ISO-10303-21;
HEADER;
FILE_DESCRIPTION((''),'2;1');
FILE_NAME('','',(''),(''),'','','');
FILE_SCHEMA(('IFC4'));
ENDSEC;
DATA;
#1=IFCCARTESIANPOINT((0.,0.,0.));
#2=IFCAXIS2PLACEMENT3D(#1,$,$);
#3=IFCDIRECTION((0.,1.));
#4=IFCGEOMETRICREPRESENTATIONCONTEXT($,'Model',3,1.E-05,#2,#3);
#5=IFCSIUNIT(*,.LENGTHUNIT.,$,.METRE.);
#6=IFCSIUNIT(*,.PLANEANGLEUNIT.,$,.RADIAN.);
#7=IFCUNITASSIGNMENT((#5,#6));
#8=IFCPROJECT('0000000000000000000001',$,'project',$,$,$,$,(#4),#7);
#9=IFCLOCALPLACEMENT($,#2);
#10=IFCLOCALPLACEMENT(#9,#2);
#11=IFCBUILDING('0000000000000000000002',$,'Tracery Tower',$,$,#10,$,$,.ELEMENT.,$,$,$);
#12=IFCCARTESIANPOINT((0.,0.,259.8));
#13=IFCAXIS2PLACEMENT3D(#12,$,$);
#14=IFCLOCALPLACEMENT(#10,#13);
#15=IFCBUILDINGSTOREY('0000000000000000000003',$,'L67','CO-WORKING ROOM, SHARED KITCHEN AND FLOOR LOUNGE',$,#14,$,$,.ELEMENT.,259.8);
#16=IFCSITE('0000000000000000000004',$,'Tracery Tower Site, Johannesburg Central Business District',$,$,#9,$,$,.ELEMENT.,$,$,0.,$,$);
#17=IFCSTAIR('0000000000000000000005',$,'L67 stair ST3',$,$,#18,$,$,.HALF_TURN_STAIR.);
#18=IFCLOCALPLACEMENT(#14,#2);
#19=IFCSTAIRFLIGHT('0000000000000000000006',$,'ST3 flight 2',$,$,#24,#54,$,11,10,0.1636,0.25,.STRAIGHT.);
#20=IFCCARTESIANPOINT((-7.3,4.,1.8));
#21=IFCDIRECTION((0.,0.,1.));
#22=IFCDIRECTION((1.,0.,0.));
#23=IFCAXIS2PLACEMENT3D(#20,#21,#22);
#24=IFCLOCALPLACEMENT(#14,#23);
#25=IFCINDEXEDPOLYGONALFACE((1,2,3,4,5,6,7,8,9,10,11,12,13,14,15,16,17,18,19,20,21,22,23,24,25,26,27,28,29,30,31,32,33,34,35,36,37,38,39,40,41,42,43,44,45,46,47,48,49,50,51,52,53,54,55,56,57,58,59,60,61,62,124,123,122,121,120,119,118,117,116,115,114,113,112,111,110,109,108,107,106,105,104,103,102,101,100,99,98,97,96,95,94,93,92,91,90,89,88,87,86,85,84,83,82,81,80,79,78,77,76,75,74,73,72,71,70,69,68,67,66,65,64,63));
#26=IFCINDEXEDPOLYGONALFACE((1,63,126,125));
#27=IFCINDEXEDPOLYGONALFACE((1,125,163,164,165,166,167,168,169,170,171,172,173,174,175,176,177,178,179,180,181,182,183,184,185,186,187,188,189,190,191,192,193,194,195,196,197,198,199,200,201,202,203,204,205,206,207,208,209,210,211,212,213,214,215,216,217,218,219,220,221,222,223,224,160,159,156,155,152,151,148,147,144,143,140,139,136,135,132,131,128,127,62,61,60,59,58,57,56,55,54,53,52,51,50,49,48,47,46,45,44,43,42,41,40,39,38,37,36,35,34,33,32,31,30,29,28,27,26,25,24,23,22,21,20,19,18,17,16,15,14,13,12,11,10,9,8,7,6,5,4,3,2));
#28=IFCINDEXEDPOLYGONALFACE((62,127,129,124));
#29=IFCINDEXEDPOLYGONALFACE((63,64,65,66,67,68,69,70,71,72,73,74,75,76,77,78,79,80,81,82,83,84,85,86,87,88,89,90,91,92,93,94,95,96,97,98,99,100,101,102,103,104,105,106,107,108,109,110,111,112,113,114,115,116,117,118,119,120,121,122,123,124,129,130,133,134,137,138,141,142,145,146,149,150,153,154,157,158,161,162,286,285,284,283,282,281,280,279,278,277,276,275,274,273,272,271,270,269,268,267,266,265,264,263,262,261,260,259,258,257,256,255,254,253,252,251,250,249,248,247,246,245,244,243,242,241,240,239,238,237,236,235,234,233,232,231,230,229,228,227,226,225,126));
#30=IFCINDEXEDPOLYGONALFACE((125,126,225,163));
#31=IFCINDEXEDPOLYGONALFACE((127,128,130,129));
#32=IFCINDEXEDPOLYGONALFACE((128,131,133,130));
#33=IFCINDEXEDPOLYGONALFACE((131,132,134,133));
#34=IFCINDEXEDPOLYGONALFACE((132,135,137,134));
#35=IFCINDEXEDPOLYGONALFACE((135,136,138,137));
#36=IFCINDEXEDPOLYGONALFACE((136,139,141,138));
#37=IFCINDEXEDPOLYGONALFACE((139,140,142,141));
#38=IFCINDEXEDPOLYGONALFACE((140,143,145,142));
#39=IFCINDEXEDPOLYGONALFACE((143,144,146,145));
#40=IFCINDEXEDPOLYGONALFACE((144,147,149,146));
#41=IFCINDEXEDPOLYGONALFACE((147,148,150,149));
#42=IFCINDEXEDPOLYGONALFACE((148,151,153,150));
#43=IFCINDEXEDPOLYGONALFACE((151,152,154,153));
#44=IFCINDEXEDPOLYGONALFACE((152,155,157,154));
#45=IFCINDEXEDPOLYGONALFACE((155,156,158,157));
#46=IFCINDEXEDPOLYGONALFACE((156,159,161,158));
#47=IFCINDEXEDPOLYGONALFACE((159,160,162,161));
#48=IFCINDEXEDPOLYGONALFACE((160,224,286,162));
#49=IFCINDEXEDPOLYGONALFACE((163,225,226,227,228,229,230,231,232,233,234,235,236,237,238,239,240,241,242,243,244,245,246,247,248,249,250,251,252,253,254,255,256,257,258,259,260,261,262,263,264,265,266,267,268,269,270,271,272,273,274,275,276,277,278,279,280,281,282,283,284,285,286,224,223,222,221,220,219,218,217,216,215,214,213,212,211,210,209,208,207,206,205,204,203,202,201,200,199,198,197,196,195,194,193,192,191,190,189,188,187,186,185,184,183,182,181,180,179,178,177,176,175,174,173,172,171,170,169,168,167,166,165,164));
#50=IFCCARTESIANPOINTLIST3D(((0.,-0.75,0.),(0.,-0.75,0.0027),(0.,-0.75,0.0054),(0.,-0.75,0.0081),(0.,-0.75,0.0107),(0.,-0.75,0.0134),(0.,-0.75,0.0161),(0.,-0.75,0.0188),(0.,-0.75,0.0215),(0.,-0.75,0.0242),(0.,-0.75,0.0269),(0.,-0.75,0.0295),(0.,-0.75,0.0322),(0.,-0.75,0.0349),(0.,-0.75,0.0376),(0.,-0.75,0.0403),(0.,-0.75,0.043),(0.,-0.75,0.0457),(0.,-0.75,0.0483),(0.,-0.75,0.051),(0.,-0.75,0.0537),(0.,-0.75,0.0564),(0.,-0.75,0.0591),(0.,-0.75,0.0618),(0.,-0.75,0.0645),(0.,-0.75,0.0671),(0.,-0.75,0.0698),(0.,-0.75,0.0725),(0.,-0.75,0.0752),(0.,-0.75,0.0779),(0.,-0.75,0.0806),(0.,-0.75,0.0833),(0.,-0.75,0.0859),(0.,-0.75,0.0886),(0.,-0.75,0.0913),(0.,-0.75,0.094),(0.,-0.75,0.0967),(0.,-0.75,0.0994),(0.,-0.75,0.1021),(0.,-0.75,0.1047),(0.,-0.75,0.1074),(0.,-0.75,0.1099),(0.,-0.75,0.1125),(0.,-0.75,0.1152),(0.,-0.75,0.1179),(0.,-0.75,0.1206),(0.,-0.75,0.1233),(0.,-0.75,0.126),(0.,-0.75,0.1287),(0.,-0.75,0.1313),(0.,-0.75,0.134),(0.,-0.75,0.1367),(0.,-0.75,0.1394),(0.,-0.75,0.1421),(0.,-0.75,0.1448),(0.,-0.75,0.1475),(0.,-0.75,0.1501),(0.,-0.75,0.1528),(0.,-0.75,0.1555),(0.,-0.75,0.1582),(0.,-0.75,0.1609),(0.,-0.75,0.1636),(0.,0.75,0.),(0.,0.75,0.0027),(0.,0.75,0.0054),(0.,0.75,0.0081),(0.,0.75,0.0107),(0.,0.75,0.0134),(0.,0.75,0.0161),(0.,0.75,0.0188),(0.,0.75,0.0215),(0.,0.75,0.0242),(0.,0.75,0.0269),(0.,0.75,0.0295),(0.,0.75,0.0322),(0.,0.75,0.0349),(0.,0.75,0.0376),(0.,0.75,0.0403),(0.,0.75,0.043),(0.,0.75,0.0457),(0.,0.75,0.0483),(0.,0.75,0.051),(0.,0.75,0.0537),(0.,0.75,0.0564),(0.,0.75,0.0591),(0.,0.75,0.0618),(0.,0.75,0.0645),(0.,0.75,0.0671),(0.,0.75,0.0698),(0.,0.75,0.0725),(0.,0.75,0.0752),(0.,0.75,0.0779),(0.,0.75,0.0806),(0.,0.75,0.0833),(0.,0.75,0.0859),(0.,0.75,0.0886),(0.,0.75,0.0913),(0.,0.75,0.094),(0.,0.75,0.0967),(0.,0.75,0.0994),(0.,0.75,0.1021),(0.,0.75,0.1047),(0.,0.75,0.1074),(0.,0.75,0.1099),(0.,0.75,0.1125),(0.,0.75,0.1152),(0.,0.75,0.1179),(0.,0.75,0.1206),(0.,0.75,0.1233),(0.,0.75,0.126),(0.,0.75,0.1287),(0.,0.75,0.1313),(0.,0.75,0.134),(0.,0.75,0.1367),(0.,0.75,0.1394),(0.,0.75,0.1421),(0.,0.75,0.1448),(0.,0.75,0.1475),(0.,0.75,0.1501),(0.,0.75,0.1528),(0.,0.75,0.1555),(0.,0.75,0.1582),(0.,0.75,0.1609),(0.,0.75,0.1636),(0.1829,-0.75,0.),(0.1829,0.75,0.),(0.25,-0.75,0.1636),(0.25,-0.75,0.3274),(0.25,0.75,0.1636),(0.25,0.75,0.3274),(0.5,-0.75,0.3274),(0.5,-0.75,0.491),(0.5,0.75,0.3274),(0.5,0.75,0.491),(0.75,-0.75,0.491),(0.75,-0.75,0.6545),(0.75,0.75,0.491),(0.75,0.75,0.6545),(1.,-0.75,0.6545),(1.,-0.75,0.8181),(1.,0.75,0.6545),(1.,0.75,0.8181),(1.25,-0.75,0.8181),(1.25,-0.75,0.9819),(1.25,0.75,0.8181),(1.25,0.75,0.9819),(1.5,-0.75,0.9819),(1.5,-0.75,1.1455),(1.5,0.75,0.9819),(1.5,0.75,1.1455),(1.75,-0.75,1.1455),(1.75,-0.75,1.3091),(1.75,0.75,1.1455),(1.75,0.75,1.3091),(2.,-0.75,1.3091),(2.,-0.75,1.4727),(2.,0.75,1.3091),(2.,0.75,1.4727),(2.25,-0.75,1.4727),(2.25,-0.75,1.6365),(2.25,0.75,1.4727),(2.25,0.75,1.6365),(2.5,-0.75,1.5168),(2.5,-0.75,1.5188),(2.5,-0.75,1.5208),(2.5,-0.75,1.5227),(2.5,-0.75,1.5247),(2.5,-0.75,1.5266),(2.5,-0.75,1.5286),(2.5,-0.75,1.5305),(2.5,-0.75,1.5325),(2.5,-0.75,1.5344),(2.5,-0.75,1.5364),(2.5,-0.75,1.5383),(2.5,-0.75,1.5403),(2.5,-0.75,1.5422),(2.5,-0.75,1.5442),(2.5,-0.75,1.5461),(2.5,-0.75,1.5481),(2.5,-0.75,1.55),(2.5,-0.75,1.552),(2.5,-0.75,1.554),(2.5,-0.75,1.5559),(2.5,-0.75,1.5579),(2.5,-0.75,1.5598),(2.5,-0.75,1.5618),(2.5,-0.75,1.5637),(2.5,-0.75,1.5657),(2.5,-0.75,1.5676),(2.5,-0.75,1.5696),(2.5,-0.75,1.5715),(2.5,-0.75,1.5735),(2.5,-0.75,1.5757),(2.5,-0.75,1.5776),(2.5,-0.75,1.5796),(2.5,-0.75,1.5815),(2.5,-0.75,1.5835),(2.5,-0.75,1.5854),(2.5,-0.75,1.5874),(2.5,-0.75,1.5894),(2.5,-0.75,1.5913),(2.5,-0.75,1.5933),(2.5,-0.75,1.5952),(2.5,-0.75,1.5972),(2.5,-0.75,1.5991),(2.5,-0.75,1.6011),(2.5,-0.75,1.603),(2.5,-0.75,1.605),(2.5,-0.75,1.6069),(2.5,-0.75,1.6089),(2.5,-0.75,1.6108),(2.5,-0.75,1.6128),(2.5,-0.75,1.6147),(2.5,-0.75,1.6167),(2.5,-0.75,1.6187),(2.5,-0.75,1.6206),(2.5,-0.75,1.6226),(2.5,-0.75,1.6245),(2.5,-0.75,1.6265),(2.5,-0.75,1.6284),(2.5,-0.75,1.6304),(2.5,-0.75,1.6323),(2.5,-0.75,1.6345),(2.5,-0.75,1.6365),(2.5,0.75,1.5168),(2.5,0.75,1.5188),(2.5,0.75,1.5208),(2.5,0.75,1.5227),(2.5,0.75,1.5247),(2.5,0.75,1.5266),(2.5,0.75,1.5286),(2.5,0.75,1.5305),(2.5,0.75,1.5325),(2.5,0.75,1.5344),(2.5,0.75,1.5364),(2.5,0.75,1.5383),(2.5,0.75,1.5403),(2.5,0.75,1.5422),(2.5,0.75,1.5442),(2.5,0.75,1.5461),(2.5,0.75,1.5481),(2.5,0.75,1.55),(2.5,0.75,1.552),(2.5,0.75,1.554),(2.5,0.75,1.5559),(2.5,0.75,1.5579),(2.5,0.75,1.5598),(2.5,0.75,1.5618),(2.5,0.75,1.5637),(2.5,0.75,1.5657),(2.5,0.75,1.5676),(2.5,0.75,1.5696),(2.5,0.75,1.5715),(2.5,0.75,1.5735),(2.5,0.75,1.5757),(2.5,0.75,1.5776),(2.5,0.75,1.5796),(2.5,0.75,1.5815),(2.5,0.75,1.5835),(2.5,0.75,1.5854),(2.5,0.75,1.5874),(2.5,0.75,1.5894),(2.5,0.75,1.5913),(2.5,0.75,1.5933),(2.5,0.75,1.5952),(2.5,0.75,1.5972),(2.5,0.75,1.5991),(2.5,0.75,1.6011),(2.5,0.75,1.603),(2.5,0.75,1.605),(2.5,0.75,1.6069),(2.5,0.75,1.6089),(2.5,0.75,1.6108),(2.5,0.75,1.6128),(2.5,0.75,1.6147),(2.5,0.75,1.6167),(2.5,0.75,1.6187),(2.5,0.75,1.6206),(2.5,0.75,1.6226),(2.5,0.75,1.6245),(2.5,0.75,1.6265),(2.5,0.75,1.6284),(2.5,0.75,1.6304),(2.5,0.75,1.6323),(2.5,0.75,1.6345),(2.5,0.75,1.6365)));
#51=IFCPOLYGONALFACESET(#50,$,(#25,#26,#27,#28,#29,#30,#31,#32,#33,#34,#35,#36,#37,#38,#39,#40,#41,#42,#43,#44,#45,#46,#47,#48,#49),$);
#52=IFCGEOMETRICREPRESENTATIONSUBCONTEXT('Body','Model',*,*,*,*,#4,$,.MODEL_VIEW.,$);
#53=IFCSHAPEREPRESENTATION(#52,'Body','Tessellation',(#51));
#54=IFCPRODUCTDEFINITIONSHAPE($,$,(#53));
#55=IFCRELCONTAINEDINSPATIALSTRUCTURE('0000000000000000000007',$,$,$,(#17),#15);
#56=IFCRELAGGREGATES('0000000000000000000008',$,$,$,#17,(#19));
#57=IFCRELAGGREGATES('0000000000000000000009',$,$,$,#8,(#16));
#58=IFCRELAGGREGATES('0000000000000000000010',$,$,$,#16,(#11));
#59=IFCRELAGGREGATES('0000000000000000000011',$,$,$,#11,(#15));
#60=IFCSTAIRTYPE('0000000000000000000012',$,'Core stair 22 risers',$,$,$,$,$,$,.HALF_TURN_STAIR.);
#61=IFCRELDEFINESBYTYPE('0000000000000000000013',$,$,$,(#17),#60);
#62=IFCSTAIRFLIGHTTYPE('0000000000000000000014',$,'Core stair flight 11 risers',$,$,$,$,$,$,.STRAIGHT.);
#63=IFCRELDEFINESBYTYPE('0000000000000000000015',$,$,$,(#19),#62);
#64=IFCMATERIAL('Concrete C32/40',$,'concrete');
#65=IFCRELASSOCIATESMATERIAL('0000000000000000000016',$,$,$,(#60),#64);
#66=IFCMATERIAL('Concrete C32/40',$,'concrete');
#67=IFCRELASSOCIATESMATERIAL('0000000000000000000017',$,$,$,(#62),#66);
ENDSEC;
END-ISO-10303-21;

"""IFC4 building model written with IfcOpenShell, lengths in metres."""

from ifc_helpers import new_model, si_unit, direction, frame, origin, place, context, subcontext, project, spatial, polyline, outline, extrude, material, type_object, element, aggregate, save


model = new_model("IFC4")

# Units and contexts
model_context = context("Model", 3, precision=1e-05, world=origin(), true_north=direction((0.0, 1.0)))
body_context = subcontext(model_context, "Body", "Model", "MODEL_VIEW")
ifc_project = project(units=[si_unit("LENGTHUNIT", "METRE"), si_unit("PLANEANGLEUNIT", "RADIAN")], contexts=[model_context])

# Site, building, storey
site_placement = place(None, origin())
site = spatial("IfcSite", under=ifc_project, at=site_placement, Name="Tracery Tower Site, Johannesburg Central Business District", CompositionType="ELEMENT", RefElevation=0.0)
building_placement = place(site_placement, origin())
building = spatial("IfcBuilding", under=site, at=building_placement, Name="Tracery Tower", CompositionType="ELEMENT")
storey_placement = place(building_placement, frame((0.0, 0.0, 259.8)))
storey = spatial("IfcBuildingStorey", under=building, at=storey_placement, Name="L67", Description="CO-WORKING ROOM, SHARED KITCHEN AND FLOOR LOUNGE", CompositionType="ELEMENT", Elevation=259.8)

# Stair
ifc_material_1 = material(Name="Concrete C32/40", Category="concrete")
stair_type = type_object("IfcStairType", Name="Core stair 22 risers", PredefinedType="HALF_TURN_STAIR", material=ifc_material_1)
stair_1_placement = place(storey_placement, origin())
stair_1 = element("IfcStair", 1, at=stair_1_placement, inside=storey, type_object=stair_type, Name="L67 stair ST3", PredefinedType="HALF_TURN_STAIR")

# Stair flight
ifc_material_2 = material(Name="Concrete C32/40", Category="concrete")
stair_flight_type = type_object("IfcStairFlightType", Name="Core stair flight 11 risers", PredefinedType="STRAIGHT", material=ifc_material_2)
stair_flight_1_placement = place(storey_placement, frame((-7.3, 4.0, 1.8), z_axis=(0.0, 0.0, 1.0), x_axis=(1.0, 0.0, 0.0)))
stair_flight_1 = element("IfcStairFlight", 2, at=stair_flight_1_placement, type_object=stair_flight_type, Name="ST3 flight 2", NumberOfRisers=11, NumberOfTreads=10, PredefinedType="STRAIGHT", RiserHeight=0.1636, TreadLength=0.25, context=body_context, shape_type="SweptSolid", body=[
    extrude(outline(polyline([(0.0, 0.0), (0.0, 0.0027), (0.0, 0.0054), (0.0, 0.0081), (0.0, 0.0107), (0.0, 0.0134), (0.0, 0.0161), (0.0, 0.0188), (0.0, 0.0215), (0.0, 0.0242), (0.0, 0.0269), (0.0, 0.0295), (0.0, 0.0322), (0.0, 0.0349), (0.0, 0.0376), (0.0, 0.0403), (0.0, 0.043), (0.0, 0.0457), (0.0, 0.0483), (0.0, 0.051), (0.0, 0.0537), (0.0, 0.0564), (0.0, 0.0591), (0.0, 0.0618), (0.0, 0.0645), (0.0, 0.0671), (0.0, 0.0698), (0.0, 0.0725), (0.0, 0.0752), (0.0, 0.0779), (0.0, 0.0806), (0.0, 0.0833), (0.0, 0.0859), (0.0, 0.0886), (0.0, 0.0913), (0.0, 0.094), (0.0, 0.0967), (0.0, 0.0994), (0.0, 0.1021), (0.0, 0.1047), (0.0, 0.1074), (0.0, 0.1099), (0.0, 0.1125), (0.0, 0.1152), (0.0, 0.1179), (0.0, 0.1206), (0.0, 0.1233), (0.0, 0.126), (0.0, 0.1287), (0.0, 0.1313), (0.0, 0.134), (0.0, 0.1367), (0.0, 0.1394), (0.0, 0.1421), (0.0, 0.1448), (0.0, 0.1475), (0.0, 0.1501), (0.0, 0.1528), (0.0, 0.1555), (0.0, 0.1582), (0.0, 0.1609), (0.0, 0.1636), (0.25, 0.1636), (0.25, 0.3274), (0.5, 0.3274), (0.5, 0.491), (0.75, 0.491), (0.75, 0.6545), (1.0, 0.6545), (1.0, 0.8181), (1.25, 0.8181), (1.25, 0.9819), (1.5, 0.9819), (1.5, 1.1455), (1.75, 1.1455), (1.75, 1.3091), (2.0, 1.3091), (2.0, 1.4727), (2.25, 1.4727), (2.25, 1.6365), (2.5, 1.6365), (2.5, 1.6345), (2.5, 1.6323), (2.5, 1.6304), (2.5, 1.6284), (2.5, 1.6265), (2.5, 1.6245), (2.5, 1.6226), (2.5, 1.6206), (2.5, 1.6187), (2.5, 1.6167), (2.5, 1.6147), (2.5, 1.6128), (2.5, 1.6108), (2.5, 1.6089), (2.5, 1.6069), (2.5, 1.605), (2.5, 1.603), (2.5, 1.6011), (2.5, 1.5991), (2.5, 1.5972), (2.5, 1.5952), (2.5, 1.5933), (2.5, 1.5913), (2.5, 1.5894), (2.5, 1.5874), (2.5, 1.5854), (2.5, 1.5835), (2.5, 1.5815), (2.5, 1.5796), (2.5, 1.5776), (2.5, 1.5757), (2.5, 1.5735), (2.5, 1.5715), (2.5, 1.5696), (2.5, 1.5676), (2.5, 1.5657), (2.5, 1.5637), (2.5, 1.5618), (2.5, 1.5598), (2.5, 1.5579), (2.5, 1.5559), (2.5, 1.554), (2.5, 1.552), (2.5, 1.55), (2.5, 1.5481), (2.5, 1.5461), (2.5, 1.5442), (2.5, 1.5422), (2.5, 1.5403), (2.5, 1.5383), (2.5, 1.5364), (2.5, 1.5344), (2.5, 1.5325), (2.5, 1.5305), (2.5, 1.5286), (2.5, 1.5266), (2.5, 1.5247), (2.5, 1.5227), (2.5, 1.5208), (2.5, 1.5188), (2.5, 1.5168), (0.1829, 0.0), (0.0, 0.0)])), frame((0.0, 0.75, 0.0), z_axis=(0.0, -1.0, 0.0), x_axis=(1.0, 0.0, 0.0)), (0.0, 0.0, 1.0), 1.5),
])
aggregate(stair_1, [stair_flight_1])

save(model, "model.ifc")
